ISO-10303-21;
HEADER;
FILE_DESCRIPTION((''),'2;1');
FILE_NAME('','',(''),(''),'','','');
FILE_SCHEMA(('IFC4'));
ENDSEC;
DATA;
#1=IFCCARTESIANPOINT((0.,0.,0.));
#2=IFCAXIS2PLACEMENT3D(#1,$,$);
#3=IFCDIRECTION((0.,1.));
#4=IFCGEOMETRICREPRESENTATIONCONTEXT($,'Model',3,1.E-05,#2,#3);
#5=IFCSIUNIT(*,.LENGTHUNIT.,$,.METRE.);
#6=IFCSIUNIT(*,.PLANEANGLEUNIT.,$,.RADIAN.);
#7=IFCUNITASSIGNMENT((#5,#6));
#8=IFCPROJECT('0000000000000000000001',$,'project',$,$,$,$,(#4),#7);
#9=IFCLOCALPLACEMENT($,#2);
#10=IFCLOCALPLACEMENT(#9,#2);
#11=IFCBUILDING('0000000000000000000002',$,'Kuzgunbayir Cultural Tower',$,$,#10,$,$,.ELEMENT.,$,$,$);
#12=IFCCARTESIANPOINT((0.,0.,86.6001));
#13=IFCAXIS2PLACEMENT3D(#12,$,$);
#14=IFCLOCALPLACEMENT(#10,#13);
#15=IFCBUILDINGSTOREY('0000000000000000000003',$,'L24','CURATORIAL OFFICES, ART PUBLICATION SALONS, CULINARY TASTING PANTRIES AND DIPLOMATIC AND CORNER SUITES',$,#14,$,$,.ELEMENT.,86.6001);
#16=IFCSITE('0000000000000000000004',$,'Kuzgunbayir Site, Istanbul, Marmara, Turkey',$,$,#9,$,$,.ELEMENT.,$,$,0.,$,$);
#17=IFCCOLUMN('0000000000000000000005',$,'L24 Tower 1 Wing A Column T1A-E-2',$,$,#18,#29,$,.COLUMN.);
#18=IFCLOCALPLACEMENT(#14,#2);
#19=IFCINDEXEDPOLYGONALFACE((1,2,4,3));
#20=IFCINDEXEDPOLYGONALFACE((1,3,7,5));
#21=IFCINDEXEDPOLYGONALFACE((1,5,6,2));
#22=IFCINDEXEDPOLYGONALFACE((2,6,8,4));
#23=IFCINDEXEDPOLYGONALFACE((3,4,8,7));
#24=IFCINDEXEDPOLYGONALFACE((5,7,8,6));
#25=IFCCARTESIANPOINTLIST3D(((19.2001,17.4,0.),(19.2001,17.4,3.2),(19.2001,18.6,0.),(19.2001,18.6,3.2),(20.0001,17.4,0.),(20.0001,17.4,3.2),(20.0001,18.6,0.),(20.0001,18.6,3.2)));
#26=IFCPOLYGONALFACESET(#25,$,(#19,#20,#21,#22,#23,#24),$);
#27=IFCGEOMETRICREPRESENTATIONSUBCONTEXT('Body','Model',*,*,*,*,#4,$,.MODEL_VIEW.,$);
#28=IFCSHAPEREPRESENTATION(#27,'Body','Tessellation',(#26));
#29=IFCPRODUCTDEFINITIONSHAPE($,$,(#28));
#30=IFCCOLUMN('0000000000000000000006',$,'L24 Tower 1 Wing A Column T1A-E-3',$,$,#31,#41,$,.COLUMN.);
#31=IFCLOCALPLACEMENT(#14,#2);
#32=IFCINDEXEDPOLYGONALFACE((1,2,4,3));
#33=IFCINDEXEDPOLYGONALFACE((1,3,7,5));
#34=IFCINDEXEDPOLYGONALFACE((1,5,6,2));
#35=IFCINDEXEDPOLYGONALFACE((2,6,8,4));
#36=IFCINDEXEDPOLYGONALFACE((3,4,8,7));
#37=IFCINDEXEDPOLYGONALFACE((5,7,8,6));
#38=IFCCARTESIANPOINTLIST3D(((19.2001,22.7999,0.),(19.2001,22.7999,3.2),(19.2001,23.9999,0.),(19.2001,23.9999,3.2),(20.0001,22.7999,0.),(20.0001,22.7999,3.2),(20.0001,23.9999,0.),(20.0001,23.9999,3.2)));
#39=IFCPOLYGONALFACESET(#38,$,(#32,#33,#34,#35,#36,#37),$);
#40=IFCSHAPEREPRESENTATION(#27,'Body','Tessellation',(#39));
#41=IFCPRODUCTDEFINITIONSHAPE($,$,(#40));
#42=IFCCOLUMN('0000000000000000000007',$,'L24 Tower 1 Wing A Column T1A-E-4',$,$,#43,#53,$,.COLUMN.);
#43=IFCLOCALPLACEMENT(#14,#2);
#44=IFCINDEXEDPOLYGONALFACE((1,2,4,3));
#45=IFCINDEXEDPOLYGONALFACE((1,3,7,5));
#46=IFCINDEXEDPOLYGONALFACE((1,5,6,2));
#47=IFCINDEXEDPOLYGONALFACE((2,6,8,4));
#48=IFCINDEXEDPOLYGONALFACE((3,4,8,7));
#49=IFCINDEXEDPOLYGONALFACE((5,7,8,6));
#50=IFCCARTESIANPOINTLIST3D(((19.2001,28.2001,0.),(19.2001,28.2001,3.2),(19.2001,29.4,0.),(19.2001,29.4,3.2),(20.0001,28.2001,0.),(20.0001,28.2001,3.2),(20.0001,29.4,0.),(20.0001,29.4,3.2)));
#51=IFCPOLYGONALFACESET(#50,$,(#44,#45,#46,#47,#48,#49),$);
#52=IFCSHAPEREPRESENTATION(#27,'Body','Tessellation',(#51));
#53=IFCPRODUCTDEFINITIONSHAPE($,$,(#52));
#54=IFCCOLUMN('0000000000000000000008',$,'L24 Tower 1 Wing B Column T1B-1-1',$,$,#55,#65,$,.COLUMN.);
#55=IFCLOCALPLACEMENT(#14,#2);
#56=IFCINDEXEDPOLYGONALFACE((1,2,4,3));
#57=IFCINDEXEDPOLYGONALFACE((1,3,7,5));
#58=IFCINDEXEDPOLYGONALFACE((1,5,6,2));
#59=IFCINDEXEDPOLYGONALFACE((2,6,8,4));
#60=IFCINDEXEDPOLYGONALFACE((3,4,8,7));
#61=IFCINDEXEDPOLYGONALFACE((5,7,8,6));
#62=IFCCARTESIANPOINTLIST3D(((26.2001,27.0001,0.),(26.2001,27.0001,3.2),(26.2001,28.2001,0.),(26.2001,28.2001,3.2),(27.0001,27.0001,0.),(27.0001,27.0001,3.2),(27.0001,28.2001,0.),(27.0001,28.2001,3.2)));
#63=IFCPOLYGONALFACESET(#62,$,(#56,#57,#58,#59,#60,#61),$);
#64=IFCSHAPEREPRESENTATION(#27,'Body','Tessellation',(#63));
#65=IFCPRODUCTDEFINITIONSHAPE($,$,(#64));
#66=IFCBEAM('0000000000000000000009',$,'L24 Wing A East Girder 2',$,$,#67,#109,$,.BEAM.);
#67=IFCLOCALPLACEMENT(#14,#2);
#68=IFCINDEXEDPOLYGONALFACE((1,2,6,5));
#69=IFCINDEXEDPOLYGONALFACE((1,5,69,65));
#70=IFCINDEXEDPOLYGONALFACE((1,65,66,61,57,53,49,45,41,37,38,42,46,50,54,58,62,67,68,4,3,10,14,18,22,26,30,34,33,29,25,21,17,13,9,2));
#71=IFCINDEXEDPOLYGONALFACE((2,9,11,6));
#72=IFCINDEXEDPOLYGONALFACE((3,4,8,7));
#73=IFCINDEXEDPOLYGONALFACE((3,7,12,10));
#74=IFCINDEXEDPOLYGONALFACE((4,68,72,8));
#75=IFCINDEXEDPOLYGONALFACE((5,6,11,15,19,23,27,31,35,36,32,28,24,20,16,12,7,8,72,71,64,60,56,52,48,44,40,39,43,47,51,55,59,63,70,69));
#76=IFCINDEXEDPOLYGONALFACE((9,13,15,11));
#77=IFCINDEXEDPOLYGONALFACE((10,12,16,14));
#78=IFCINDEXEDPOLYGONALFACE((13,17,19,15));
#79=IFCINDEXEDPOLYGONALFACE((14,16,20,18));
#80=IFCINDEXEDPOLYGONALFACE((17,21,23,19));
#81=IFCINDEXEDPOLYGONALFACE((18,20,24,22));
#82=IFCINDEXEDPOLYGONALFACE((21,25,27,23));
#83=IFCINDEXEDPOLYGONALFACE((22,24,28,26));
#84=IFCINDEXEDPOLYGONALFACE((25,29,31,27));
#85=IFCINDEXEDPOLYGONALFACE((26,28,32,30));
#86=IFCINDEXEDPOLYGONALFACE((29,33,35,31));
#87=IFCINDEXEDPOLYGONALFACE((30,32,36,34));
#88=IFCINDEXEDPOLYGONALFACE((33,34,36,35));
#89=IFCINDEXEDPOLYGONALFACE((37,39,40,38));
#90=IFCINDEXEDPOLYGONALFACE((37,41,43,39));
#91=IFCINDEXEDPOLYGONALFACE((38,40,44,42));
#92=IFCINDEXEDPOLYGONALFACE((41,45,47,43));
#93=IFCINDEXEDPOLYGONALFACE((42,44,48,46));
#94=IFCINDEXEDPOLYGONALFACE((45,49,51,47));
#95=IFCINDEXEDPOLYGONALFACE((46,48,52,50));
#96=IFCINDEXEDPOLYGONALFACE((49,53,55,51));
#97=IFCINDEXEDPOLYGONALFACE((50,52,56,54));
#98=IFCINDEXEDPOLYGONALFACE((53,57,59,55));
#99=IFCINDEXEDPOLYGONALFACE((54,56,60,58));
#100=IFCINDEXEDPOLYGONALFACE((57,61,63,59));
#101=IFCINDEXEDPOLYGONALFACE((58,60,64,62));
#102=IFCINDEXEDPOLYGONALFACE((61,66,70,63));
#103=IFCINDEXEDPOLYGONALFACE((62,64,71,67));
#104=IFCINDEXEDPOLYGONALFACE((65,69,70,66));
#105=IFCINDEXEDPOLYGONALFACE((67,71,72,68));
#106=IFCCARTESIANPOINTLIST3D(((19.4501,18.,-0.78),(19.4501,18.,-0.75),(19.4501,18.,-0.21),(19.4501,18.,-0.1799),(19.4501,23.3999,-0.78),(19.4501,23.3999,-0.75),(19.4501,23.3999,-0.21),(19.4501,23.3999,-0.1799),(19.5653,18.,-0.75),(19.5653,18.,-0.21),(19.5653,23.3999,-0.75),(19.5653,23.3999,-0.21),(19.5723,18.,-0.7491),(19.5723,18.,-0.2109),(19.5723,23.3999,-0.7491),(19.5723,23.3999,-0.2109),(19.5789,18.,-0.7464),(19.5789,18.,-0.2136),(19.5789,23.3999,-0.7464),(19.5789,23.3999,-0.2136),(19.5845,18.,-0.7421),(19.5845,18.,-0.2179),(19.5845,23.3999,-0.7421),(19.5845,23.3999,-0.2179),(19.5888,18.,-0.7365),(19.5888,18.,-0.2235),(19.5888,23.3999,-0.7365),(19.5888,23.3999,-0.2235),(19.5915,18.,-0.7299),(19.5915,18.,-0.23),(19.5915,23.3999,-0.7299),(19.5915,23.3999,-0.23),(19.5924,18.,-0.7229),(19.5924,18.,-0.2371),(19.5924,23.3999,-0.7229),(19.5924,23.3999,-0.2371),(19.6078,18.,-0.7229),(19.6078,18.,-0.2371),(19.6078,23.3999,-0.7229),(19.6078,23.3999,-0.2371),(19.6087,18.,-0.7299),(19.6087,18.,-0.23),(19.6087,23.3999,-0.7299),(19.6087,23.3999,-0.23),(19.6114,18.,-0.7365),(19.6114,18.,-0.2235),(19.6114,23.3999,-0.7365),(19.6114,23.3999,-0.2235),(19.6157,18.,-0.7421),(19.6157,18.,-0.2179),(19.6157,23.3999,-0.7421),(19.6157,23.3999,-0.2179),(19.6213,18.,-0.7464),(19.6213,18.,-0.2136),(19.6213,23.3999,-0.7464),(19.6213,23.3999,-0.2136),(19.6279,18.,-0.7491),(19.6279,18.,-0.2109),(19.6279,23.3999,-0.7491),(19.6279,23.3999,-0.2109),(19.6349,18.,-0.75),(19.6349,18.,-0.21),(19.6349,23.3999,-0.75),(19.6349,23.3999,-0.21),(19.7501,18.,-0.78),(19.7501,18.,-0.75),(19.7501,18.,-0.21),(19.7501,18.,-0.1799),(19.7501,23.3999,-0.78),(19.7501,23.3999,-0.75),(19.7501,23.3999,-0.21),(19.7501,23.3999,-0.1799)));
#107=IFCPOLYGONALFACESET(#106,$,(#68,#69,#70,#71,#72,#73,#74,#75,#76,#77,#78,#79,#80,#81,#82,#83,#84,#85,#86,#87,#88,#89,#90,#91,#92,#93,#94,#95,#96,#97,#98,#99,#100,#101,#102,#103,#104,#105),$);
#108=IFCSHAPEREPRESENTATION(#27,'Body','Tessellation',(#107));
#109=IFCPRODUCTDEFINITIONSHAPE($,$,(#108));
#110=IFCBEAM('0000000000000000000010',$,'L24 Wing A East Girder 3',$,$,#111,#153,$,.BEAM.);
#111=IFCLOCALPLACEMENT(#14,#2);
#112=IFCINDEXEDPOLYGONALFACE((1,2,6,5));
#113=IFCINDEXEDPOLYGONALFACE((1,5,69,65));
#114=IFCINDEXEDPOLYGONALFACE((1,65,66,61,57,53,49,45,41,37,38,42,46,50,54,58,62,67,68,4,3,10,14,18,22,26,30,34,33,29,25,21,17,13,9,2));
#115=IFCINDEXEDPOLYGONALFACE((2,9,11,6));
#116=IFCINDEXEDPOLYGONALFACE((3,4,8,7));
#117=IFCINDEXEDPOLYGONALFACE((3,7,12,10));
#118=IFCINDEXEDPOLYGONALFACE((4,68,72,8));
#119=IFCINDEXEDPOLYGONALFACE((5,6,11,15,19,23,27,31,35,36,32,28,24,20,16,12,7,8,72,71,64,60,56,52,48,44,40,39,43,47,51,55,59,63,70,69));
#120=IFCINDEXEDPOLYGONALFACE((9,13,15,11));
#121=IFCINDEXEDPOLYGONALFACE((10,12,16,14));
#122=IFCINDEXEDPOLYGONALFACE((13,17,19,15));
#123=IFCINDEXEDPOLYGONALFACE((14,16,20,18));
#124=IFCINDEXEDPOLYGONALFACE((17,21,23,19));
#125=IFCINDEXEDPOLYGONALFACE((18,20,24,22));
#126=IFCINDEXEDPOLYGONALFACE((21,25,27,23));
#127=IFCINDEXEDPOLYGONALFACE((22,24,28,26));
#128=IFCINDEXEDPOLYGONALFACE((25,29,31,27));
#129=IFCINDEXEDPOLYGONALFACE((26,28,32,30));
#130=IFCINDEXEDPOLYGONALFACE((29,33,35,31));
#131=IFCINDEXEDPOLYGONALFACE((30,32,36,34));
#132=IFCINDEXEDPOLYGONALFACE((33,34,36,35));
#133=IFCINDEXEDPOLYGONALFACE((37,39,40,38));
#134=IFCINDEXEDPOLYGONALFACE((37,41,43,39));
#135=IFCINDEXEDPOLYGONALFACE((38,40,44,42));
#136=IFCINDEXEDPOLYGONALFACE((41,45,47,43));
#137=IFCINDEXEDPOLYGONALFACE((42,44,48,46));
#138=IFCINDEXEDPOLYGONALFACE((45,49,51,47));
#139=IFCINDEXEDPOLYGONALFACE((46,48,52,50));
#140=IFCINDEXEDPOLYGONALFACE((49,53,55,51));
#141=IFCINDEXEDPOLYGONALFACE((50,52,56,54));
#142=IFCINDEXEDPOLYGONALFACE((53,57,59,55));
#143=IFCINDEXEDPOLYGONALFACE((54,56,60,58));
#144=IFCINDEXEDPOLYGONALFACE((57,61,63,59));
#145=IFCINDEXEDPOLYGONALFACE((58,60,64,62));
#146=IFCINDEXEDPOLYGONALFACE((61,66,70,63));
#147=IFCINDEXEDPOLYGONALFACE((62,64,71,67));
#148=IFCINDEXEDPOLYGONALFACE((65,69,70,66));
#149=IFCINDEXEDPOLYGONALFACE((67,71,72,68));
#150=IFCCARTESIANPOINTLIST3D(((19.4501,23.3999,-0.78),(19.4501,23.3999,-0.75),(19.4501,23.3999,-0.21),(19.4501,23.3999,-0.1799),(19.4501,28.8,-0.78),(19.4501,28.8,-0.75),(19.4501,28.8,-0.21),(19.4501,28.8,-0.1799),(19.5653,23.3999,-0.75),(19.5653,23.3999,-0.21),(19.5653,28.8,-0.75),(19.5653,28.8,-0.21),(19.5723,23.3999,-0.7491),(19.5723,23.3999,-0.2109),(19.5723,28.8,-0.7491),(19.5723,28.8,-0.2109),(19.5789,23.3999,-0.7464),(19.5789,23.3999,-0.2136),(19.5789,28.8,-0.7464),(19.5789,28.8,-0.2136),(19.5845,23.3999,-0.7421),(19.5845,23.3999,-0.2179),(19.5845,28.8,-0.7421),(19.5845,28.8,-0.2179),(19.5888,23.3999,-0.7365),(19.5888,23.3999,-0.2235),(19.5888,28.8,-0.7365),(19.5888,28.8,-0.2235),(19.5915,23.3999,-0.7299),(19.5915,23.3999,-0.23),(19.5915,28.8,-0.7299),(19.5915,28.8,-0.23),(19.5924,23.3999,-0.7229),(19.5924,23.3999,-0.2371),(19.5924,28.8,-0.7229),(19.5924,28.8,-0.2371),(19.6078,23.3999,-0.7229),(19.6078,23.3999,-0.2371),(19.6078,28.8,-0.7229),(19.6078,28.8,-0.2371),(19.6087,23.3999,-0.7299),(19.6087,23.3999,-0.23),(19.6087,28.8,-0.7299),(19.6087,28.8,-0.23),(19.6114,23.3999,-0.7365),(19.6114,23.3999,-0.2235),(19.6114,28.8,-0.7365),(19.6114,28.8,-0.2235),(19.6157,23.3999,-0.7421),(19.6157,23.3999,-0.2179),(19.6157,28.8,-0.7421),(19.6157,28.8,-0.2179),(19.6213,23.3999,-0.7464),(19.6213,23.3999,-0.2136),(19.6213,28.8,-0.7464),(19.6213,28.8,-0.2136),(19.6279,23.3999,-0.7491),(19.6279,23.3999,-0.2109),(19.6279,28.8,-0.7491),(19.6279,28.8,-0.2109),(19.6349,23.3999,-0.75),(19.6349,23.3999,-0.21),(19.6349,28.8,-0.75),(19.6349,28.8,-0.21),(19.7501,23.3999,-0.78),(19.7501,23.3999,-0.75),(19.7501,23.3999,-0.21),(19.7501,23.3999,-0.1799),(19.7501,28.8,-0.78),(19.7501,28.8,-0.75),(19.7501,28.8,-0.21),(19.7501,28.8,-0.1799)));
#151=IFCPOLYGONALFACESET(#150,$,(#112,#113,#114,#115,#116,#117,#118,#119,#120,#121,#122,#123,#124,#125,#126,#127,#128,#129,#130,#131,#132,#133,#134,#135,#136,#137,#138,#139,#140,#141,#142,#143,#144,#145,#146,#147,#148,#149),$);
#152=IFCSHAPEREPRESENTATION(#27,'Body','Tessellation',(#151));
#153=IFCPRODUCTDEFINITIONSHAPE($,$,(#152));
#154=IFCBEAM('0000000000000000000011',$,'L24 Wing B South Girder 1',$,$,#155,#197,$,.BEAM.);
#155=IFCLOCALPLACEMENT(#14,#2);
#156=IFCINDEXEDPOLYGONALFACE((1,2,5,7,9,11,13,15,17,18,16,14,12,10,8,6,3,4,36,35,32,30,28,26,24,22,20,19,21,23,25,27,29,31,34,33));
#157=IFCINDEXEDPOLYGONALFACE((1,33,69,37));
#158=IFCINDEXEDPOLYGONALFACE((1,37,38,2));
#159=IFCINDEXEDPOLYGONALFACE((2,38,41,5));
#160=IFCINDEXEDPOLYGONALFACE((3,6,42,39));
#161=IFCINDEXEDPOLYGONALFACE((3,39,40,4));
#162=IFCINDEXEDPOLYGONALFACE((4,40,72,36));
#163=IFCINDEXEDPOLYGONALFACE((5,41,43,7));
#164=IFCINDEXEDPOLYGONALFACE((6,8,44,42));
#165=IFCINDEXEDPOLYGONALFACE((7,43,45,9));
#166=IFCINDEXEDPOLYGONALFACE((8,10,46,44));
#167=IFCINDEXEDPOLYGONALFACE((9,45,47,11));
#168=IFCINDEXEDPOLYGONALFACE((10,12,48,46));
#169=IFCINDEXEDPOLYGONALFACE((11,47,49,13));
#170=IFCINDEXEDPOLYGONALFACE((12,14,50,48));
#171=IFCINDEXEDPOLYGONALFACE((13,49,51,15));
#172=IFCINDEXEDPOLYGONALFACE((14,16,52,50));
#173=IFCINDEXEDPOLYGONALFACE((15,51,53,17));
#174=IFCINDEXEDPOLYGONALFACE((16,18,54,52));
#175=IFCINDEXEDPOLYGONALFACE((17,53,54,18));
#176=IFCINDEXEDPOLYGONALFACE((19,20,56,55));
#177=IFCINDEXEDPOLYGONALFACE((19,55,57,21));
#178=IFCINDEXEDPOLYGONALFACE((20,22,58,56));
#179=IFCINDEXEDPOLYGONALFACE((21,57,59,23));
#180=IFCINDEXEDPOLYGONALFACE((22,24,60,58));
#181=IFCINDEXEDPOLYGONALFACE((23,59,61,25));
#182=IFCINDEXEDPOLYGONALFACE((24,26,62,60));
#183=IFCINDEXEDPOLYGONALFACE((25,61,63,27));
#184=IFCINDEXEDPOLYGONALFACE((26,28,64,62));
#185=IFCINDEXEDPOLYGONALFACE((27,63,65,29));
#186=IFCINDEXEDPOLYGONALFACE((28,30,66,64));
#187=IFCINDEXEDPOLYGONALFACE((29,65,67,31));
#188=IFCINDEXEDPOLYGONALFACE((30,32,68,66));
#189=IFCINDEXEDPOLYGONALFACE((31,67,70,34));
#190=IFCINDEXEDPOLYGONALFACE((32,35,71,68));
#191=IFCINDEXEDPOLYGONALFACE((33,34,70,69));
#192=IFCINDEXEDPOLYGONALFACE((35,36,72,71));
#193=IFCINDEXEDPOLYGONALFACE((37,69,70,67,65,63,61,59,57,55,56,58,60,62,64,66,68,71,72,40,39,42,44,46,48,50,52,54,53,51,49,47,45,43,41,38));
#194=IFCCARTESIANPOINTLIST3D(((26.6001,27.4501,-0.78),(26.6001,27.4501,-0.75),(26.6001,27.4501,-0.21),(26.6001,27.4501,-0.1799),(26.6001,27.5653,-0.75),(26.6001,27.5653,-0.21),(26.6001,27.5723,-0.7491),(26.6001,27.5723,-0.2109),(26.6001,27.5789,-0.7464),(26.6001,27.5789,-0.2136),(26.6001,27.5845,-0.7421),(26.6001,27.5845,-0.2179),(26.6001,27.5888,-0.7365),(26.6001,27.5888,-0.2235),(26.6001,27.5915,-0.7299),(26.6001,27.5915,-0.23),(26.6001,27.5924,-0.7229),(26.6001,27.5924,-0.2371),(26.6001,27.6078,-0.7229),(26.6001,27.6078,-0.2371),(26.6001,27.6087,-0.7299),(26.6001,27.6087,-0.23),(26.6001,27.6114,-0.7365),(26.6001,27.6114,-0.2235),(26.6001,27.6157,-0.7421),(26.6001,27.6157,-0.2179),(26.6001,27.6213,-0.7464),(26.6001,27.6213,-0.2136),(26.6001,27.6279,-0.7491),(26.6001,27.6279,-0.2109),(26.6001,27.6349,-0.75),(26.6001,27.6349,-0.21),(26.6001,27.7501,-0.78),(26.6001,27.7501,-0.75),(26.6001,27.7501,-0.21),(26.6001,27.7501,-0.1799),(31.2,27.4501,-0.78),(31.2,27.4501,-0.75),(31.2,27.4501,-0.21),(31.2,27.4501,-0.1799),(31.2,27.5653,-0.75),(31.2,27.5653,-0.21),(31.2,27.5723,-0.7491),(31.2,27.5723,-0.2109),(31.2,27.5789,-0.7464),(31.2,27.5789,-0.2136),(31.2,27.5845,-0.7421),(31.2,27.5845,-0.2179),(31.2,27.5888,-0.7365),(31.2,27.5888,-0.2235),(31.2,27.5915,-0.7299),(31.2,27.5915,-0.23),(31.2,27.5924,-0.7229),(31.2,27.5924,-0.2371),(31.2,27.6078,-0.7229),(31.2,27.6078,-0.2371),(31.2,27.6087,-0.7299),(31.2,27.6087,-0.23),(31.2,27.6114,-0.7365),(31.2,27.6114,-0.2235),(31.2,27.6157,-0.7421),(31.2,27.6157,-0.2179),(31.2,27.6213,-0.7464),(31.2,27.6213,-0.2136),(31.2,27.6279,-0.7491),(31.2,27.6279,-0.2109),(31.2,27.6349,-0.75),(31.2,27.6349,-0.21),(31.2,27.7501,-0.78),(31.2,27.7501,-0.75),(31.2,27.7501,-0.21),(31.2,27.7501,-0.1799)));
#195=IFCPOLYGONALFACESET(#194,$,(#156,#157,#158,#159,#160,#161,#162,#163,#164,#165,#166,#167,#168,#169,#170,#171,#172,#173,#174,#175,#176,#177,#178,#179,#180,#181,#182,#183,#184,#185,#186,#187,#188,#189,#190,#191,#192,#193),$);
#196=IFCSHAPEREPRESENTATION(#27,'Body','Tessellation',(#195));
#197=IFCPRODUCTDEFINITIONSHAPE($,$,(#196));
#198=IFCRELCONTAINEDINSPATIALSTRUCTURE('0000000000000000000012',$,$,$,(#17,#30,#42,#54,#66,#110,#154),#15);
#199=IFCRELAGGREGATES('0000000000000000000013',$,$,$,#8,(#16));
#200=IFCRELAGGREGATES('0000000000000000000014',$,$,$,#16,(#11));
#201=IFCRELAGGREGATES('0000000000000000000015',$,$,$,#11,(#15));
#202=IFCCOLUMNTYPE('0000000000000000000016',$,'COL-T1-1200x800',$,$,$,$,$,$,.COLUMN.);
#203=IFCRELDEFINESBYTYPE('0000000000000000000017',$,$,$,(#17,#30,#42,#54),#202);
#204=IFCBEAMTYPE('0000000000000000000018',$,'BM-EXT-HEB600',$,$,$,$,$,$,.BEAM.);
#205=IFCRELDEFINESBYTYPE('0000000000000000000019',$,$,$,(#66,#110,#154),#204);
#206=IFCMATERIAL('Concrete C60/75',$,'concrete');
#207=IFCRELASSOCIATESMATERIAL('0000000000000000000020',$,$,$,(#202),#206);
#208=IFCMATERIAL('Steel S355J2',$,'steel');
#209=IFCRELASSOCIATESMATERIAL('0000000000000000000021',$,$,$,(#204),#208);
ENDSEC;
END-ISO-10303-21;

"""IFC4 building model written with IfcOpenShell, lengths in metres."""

from ifc_helpers import new_model, si_unit, direction, frame, origin, origin_2d, place, context, subcontext, project, spatial, rectangle, i_section, extrude, material, material_profile, profile_set, type_object, element, save


model = new_model("IFC4")

# Units and contexts
model_context = context("Model", 3, precision=1e-05, world=origin(), true_north=direction((0.0, 1.0)))
body_context = subcontext(model_context, "Body", "Model", "MODEL_VIEW")
ifc_project = project(units=[si_unit("LENGTHUNIT", "METRE"), si_unit("PLANEANGLEUNIT", "RADIAN")], contexts=[model_context])

# Site, building, storey
site_placement = place(None, origin())
site = spatial("IfcSite", under=ifc_project, at=site_placement, Name="Kuzgunbayir Site, Istanbul, Marmara, Turkey", CompositionType="ELEMENT", RefElevation=0.0)
building_placement = place(site_placement, origin())
building = spatial("IfcBuilding", under=site, at=building_placement, Name="Kuzgunbayir Cultural Tower", CompositionType="ELEMENT")
storey_placement = place(building_placement, frame((0.0, 0.0, 86.6001)))
storey = spatial("IfcBuildingStorey", under=building, at=storey_placement, Name="L24", Description="CURATORIAL OFFICES, ART PUBLICATION SALONS, CULINARY TASTING PANTRIES AND DIPLOMATIC AND CORNER SUITES", CompositionType="ELEMENT", Elevation=86.6001)

# Columns
ifc_material_1 = material(Name="Concrete C60/75", Category="concrete")
ifc_material_profile_1 = material_profile(ifc_material_1, rectangle(XDim=0.8, YDim=1.2, at=origin_2d()), Name="RC 1200x800")
ifc_profile_set_1 = profile_set([ifc_material_profile_1], Name="Concrete C60/75")
column_type = type_object("IfcColumnType", Name="COL-T1-1200x800", PredefinedType="COLUMN", material=ifc_profile_set_1)
for number, where, z_axis, x_axis, name in (
    (1, (19.6001, 18.0, 0.0), (0.0, 0.0, 1.0), (1.0, 0.0, 0.0), "L24 Tower 1 Wing A Column T1A-E-2"),
    (2, (19.6001, 23.3999, 0.0), (0.0, 0.0, 1.0), (1.0, 0.0, 0.0), "L24 Tower 1 Wing A Column T1A-E-3"),
    (3, (19.6001, 28.8, 0.0), (0.0, 0.0, 1.0), (1.0, 0.0, 0.0), "L24 Tower 1 Wing A Column T1A-E-4"),
    (4, (26.6001, 27.6001, 0.0), (0.0, 0.0, 1.0), (1.0, 0.0, 0.0), "L24 Tower 1 Wing B Column T1B-1-1"),
):
    element("IfcColumn", number, at=place(storey_placement, frame(where, z_axis=z_axis, x_axis=x_axis)), inside=storey, type_object=column_type, Name=name, PredefinedType="COLUMN", context=body_context, shape_type="SweptSolid", body=[
        extrude(rectangle(XDim=0.8, YDim=1.2, at=origin_2d()), origin(), (0.0, 0.0, 1.0), 3.2),
    ])

# Beams
ifc_material_2 = material(Name="Steel S355J2", Category="steel")
ifc_material_profile_2 = material_profile(ifc_material_2, i_section(OverallWidth=0.3, OverallDepth=0.6001, WebThickness=0.0154, FlangeThickness=0.03, FilletRadius=0.0271, at=origin_2d()), Name="HEB 600")
ifc_profile_set_2 = profile_set([ifc_material_profile_2], Name="Steel S355J2")
beam_type_1 = type_object("IfcBeamType", Name="BM-EXT-HEB600", PredefinedType="BEAM", material=ifc_profile_set_2)
beam_1_placement = place(storey_placement, frame((19.6001, 18.0, -0.48), z_axis=(0.0, 1.0, 0.0), x_axis=(-1.0, 0.0, 0.0)))
element("IfcBeam", 5, at=beam_1_placement, inside=storey, type_object=beam_type_1, Name="L24 Wing A East Girder 2", PredefinedType="BEAM", context=body_context, shape_type="SweptSolid", body=[
    extrude(i_section(OverallWidth=0.3, OverallDepth=0.6001, WebThickness=0.0154, FlangeThickness=0.03, FilletRadius=0.0271, at=origin_2d()), origin(), (0.0, 0.0, 1.0), 5.3999),
])
beam_2_placement = place(storey_placement, frame((19.6001, 23.3999, -0.48), z_axis=(0.0, 1.0, 0.0), x_axis=(-1.0, 0.0, 0.0)))
element("IfcBeam", 6, at=beam_2_placement, inside=storey, type_object=beam_type_1, Name="L24 Wing A East Girder 3", PredefinedType="BEAM", context=body_context, shape_type="SweptSolid", body=[
    extrude(i_section(OverallWidth=0.3, OverallDepth=0.6001, WebThickness=0.0154, FlangeThickness=0.03, FilletRadius=0.0271, at=origin_2d()), origin(), (0.0, 0.0, 1.0), 5.4001),
])
beam_3_placement = place(storey_placement, frame((26.6001, 27.6001, -0.48), z_axis=(1.0, 0.0, 0.0), x_axis=(0.0, 1.0, 0.0)))
element("IfcBeam", 7, at=beam_3_placement, inside=storey, type_object=beam_type_1, Name="L24 Wing B South Girder 1", PredefinedType="BEAM", context=body_context, shape_type="SweptSolid", body=[
    extrude(i_section(OverallWidth=0.3, OverallDepth=0.6001, WebThickness=0.0154, FlangeThickness=0.03, FilletRadius=0.0271, at=origin_2d()), origin(), (0.0, 0.0, 1.0), 4.5999),
])

save(model, "model.ifc")
